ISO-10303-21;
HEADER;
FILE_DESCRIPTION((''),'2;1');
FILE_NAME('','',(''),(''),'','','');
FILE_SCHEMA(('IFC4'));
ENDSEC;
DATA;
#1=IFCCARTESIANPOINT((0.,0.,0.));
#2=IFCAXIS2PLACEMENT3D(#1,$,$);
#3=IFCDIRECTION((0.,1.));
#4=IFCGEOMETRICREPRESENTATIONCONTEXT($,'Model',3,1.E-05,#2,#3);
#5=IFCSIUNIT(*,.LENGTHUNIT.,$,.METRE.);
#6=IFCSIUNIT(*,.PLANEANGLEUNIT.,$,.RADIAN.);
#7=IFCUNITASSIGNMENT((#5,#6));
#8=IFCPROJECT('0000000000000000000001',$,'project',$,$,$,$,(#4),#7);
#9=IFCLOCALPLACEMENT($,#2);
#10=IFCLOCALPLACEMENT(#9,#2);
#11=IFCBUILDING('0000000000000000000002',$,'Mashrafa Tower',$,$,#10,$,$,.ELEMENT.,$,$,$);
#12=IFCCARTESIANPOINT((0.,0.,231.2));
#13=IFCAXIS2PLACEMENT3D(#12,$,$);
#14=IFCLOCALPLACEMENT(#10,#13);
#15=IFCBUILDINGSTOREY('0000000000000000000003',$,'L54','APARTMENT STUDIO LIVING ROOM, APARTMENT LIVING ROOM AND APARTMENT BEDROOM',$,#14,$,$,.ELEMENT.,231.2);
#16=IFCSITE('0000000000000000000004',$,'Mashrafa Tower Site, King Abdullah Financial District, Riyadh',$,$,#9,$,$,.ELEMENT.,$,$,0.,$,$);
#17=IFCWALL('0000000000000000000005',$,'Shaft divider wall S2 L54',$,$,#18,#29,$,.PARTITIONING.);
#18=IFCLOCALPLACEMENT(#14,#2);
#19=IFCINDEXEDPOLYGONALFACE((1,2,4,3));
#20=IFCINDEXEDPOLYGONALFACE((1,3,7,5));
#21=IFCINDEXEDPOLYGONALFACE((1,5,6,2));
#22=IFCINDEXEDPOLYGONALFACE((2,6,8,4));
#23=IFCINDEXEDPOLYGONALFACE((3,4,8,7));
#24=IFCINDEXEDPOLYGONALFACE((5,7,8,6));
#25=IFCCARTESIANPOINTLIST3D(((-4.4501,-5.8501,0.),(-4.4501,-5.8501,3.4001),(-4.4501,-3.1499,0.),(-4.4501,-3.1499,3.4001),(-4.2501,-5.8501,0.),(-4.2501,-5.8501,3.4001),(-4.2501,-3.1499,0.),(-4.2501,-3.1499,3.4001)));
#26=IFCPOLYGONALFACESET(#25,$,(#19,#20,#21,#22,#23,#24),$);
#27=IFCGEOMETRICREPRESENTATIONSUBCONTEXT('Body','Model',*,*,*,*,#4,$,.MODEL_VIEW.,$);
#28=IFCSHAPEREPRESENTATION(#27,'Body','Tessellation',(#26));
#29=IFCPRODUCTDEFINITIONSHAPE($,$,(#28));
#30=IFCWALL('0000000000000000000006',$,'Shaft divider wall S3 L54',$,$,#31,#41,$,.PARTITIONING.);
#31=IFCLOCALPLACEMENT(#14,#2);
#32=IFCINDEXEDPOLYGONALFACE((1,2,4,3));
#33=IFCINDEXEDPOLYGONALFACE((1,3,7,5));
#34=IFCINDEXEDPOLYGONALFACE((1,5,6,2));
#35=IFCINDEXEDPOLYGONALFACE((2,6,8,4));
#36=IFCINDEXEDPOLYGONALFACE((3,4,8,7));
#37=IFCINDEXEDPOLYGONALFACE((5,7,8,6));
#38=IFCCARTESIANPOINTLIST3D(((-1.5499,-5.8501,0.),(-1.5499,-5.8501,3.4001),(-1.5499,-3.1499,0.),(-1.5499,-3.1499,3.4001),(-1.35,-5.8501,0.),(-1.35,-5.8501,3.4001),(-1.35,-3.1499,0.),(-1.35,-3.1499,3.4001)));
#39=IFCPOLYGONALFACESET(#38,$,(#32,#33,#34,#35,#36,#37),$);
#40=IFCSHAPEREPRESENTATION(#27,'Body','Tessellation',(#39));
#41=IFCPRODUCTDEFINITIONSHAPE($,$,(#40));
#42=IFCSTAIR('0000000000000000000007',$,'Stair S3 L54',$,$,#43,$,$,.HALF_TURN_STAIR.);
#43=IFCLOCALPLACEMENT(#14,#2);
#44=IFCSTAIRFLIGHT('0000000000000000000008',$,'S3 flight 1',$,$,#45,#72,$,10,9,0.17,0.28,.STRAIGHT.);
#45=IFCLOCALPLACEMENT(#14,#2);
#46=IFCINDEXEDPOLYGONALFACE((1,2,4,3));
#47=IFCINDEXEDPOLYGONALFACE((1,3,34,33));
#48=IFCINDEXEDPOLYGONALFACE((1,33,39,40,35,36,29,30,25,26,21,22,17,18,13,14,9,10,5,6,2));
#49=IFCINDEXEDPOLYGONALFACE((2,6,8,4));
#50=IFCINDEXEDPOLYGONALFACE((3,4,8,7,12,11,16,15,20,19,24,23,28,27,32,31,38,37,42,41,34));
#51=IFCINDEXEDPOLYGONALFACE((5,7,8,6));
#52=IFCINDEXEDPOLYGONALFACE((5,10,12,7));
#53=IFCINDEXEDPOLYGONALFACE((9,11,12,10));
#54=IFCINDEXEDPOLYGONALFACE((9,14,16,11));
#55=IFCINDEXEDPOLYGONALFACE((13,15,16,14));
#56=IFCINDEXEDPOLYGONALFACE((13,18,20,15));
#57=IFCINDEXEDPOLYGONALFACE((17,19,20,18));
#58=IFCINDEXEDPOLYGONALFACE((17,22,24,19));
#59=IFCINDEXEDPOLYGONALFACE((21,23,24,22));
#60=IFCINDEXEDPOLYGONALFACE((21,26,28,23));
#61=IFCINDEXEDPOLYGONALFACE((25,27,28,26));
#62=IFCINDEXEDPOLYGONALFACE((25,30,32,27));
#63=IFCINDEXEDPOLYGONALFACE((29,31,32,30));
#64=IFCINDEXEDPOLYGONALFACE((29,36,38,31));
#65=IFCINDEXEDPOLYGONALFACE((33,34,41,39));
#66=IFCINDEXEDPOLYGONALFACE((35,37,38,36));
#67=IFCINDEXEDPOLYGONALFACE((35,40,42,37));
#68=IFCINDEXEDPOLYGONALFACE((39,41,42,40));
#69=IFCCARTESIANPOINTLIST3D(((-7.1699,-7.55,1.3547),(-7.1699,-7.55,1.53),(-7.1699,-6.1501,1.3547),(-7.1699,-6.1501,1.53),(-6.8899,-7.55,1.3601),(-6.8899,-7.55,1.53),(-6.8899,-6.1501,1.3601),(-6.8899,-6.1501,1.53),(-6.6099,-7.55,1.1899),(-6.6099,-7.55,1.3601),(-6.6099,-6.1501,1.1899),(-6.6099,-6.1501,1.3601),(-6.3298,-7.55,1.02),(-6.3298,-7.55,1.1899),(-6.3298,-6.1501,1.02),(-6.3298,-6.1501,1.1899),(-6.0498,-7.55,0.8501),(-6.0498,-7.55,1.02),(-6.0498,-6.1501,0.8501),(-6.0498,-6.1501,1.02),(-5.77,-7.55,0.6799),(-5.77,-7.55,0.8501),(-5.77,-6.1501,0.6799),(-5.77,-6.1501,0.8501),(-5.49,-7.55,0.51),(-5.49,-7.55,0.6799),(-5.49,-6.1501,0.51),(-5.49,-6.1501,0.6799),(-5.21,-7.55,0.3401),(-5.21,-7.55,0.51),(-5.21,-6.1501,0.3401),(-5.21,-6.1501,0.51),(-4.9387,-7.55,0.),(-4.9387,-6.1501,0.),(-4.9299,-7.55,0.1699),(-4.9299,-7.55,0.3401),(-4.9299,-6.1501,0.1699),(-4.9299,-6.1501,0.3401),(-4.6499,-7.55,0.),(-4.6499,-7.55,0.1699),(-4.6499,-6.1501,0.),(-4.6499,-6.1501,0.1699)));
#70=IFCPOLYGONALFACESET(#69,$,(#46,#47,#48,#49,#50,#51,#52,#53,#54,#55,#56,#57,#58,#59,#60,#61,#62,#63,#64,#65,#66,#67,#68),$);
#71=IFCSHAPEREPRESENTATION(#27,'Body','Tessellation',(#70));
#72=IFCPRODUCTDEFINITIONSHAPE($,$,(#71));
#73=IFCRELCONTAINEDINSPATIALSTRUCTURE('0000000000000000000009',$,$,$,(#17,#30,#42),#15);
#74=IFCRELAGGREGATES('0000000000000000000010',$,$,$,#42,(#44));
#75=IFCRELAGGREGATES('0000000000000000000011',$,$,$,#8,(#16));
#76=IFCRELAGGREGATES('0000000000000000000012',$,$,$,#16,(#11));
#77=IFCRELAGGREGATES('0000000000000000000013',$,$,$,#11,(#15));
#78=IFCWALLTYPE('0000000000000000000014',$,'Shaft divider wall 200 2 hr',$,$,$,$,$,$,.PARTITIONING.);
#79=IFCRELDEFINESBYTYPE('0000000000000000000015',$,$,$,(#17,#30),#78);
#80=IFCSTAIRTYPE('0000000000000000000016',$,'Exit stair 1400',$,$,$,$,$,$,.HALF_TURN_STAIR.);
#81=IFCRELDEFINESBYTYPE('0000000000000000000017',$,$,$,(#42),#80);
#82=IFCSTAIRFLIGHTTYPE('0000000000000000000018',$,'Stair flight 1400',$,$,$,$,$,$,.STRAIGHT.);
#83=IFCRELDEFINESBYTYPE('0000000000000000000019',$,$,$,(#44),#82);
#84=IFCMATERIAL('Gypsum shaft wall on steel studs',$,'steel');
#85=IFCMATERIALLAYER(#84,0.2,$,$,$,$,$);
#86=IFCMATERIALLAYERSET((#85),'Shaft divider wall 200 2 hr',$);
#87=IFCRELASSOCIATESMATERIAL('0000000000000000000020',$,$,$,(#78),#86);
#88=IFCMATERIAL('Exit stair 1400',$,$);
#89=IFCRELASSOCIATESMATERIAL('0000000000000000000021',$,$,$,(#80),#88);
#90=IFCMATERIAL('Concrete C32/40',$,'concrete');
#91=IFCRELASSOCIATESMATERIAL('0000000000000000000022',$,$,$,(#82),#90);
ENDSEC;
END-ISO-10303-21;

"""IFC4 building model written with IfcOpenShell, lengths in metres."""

from ifc_helpers import new_model, si_unit, direction, frame, frame_2d, origin, place, context, subcontext, project, spatial, polyline, rectangle, outline, extrude, material, layer, layer_set, type_object, element, aggregate, save


model = new_model("IFC4")

# Units and contexts
model_context = context("Model", 3, precision=1e-05, world=origin(), true_north=direction((0.0, 1.0)))
body_context = subcontext(model_context, "Body", "Model", "MODEL_VIEW")
ifc_project = project(units=[si_unit("LENGTHUNIT", "METRE"), si_unit("PLANEANGLEUNIT", "RADIAN")], contexts=[model_context])

# Site, building, storey
site_placement = place(None, origin())
site = spatial("IfcSite", under=ifc_project, at=site_placement, Name="Mashrafa Tower Site, King Abdullah Financial District, Riyadh", CompositionType="ELEMENT", RefElevation=0.0)
building_placement = place(site_placement, origin())
building = spatial("IfcBuilding", under=site, at=building_placement, Name="Mashrafa Tower", CompositionType="ELEMENT")
storey_placement = place(building_placement, frame((0.0, 0.0, 231.2)))
storey = spatial("IfcBuildingStorey", under=building, at=storey_placement, Name="L54", Description="APARTMENT STUDIO LIVING ROOM, APARTMENT LIVING ROOM AND APARTMENT BEDROOM", CompositionType="ELEMENT", Elevation=231.2)

# Walls
ifc_material_1 = material(Name="Gypsum shaft wall on steel studs", Category="steel")
ifc_layer_1 = layer(ifc_material_1, 0.2)
ifc_layer_set_1 = layer_set([ifc_layer_1], Name="Shaft divider wall 200 2 hr")
wall_type_1 = type_object("IfcWallType", Name="Shaft divider wall 200 2 hr", PredefinedType="PARTITIONING", material=ifc_layer_set_1)
for number, where, z_axis, x_axis, name in (
    (1, (-4.3501, -5.8501, 0.0), (0.0, 0.0, 1.0), (0.0, 1.0, 0.0), "Shaft divider wall S2 L54"),
    (2, (-1.45, -5.8501, 0.0), (0.0, 0.0, 1.0), (0.0, 1.0, 0.0), "Shaft divider wall S3 L54"),
):
    element("IfcWall", number, at=place(storey_placement, frame(where, z_axis=z_axis, x_axis=x_axis)), inside=storey, type_object=wall_type_1, Name=name, PredefinedType="PARTITIONING", context=body_context, shape_type="SweptSolid", body=[
        extrude(rectangle(XDim=2.7002, YDim=0.2, at=frame_2d((1.3501, 0.0))), origin(), (0.0, 0.0, 1.0), 3.4001),
    ])

# Stair, stair flight
ifc_material_2 = material(Name="Exit stair 1400")
stair_type = type_object("IfcStairType", Name="Exit stair 1400", PredefinedType="HALF_TURN_STAIR", material=ifc_material_2)
stair_placement = place(storey_placement, origin())
stair = element("IfcStair", 3, at=stair_placement, inside=storey, type_object=stair_type, Name="Stair S3 L54", PredefinedType="HALF_TURN_STAIR")
ifc_material_3 = material(Name="Concrete C32/40", Category="concrete")
stair_flight_type = type_object("IfcStairFlightType", Name="Stair flight 1400", PredefinedType="STRAIGHT", material=ifc_material_3)
stair_flight_placement = place(storey_placement, frame((-4.6499, -6.8501, 0.0), z_axis=(0.0, 0.0, 1.0), x_axis=(-1.0, 0.0, 0.0)))
stair_flight = element("IfcStairFlight", 4, at=stair_flight_placement, type_object=stair_flight_type, Name="S3 flight 1", NumberOfRisers=10, NumberOfTreads=9, PredefinedType="STRAIGHT", RiserHeight=0.17, TreadLength=0.28, context=body_context, shape_type="SweptSolid", body=[
    extrude(outline(polyline([(0.0, 0.0), (0.0, 0.1699), (0.28, 0.1699), (0.28, 0.3401), (0.5601, 0.3401), (0.5601, 0.51), (0.8401, 0.51), (0.8401, 0.6799), (1.1201, 0.6799), (1.1201, 0.8501), (1.3999, 0.8501), (1.3999, 1.02), (1.6799, 1.02), (1.6799, 1.1899), (1.96, 1.1899), (1.96, 1.3601), (2.24, 1.3601), (2.24, 1.53), (2.52, 1.53), (2.52, 1.7), (2.52, 1.3547), (0.2888, 0.0), (0.0, 0.0)])), frame((0.0, 0.7, 0.0), z_axis=(0.0, -1.0, 0.0), x_axis=(1.0, 0.0, 0.0)), (0.0, 0.0, 1.0), 1.3999),
])
aggregate(stair, [stair_flight])

save(model, "model.ifc")
